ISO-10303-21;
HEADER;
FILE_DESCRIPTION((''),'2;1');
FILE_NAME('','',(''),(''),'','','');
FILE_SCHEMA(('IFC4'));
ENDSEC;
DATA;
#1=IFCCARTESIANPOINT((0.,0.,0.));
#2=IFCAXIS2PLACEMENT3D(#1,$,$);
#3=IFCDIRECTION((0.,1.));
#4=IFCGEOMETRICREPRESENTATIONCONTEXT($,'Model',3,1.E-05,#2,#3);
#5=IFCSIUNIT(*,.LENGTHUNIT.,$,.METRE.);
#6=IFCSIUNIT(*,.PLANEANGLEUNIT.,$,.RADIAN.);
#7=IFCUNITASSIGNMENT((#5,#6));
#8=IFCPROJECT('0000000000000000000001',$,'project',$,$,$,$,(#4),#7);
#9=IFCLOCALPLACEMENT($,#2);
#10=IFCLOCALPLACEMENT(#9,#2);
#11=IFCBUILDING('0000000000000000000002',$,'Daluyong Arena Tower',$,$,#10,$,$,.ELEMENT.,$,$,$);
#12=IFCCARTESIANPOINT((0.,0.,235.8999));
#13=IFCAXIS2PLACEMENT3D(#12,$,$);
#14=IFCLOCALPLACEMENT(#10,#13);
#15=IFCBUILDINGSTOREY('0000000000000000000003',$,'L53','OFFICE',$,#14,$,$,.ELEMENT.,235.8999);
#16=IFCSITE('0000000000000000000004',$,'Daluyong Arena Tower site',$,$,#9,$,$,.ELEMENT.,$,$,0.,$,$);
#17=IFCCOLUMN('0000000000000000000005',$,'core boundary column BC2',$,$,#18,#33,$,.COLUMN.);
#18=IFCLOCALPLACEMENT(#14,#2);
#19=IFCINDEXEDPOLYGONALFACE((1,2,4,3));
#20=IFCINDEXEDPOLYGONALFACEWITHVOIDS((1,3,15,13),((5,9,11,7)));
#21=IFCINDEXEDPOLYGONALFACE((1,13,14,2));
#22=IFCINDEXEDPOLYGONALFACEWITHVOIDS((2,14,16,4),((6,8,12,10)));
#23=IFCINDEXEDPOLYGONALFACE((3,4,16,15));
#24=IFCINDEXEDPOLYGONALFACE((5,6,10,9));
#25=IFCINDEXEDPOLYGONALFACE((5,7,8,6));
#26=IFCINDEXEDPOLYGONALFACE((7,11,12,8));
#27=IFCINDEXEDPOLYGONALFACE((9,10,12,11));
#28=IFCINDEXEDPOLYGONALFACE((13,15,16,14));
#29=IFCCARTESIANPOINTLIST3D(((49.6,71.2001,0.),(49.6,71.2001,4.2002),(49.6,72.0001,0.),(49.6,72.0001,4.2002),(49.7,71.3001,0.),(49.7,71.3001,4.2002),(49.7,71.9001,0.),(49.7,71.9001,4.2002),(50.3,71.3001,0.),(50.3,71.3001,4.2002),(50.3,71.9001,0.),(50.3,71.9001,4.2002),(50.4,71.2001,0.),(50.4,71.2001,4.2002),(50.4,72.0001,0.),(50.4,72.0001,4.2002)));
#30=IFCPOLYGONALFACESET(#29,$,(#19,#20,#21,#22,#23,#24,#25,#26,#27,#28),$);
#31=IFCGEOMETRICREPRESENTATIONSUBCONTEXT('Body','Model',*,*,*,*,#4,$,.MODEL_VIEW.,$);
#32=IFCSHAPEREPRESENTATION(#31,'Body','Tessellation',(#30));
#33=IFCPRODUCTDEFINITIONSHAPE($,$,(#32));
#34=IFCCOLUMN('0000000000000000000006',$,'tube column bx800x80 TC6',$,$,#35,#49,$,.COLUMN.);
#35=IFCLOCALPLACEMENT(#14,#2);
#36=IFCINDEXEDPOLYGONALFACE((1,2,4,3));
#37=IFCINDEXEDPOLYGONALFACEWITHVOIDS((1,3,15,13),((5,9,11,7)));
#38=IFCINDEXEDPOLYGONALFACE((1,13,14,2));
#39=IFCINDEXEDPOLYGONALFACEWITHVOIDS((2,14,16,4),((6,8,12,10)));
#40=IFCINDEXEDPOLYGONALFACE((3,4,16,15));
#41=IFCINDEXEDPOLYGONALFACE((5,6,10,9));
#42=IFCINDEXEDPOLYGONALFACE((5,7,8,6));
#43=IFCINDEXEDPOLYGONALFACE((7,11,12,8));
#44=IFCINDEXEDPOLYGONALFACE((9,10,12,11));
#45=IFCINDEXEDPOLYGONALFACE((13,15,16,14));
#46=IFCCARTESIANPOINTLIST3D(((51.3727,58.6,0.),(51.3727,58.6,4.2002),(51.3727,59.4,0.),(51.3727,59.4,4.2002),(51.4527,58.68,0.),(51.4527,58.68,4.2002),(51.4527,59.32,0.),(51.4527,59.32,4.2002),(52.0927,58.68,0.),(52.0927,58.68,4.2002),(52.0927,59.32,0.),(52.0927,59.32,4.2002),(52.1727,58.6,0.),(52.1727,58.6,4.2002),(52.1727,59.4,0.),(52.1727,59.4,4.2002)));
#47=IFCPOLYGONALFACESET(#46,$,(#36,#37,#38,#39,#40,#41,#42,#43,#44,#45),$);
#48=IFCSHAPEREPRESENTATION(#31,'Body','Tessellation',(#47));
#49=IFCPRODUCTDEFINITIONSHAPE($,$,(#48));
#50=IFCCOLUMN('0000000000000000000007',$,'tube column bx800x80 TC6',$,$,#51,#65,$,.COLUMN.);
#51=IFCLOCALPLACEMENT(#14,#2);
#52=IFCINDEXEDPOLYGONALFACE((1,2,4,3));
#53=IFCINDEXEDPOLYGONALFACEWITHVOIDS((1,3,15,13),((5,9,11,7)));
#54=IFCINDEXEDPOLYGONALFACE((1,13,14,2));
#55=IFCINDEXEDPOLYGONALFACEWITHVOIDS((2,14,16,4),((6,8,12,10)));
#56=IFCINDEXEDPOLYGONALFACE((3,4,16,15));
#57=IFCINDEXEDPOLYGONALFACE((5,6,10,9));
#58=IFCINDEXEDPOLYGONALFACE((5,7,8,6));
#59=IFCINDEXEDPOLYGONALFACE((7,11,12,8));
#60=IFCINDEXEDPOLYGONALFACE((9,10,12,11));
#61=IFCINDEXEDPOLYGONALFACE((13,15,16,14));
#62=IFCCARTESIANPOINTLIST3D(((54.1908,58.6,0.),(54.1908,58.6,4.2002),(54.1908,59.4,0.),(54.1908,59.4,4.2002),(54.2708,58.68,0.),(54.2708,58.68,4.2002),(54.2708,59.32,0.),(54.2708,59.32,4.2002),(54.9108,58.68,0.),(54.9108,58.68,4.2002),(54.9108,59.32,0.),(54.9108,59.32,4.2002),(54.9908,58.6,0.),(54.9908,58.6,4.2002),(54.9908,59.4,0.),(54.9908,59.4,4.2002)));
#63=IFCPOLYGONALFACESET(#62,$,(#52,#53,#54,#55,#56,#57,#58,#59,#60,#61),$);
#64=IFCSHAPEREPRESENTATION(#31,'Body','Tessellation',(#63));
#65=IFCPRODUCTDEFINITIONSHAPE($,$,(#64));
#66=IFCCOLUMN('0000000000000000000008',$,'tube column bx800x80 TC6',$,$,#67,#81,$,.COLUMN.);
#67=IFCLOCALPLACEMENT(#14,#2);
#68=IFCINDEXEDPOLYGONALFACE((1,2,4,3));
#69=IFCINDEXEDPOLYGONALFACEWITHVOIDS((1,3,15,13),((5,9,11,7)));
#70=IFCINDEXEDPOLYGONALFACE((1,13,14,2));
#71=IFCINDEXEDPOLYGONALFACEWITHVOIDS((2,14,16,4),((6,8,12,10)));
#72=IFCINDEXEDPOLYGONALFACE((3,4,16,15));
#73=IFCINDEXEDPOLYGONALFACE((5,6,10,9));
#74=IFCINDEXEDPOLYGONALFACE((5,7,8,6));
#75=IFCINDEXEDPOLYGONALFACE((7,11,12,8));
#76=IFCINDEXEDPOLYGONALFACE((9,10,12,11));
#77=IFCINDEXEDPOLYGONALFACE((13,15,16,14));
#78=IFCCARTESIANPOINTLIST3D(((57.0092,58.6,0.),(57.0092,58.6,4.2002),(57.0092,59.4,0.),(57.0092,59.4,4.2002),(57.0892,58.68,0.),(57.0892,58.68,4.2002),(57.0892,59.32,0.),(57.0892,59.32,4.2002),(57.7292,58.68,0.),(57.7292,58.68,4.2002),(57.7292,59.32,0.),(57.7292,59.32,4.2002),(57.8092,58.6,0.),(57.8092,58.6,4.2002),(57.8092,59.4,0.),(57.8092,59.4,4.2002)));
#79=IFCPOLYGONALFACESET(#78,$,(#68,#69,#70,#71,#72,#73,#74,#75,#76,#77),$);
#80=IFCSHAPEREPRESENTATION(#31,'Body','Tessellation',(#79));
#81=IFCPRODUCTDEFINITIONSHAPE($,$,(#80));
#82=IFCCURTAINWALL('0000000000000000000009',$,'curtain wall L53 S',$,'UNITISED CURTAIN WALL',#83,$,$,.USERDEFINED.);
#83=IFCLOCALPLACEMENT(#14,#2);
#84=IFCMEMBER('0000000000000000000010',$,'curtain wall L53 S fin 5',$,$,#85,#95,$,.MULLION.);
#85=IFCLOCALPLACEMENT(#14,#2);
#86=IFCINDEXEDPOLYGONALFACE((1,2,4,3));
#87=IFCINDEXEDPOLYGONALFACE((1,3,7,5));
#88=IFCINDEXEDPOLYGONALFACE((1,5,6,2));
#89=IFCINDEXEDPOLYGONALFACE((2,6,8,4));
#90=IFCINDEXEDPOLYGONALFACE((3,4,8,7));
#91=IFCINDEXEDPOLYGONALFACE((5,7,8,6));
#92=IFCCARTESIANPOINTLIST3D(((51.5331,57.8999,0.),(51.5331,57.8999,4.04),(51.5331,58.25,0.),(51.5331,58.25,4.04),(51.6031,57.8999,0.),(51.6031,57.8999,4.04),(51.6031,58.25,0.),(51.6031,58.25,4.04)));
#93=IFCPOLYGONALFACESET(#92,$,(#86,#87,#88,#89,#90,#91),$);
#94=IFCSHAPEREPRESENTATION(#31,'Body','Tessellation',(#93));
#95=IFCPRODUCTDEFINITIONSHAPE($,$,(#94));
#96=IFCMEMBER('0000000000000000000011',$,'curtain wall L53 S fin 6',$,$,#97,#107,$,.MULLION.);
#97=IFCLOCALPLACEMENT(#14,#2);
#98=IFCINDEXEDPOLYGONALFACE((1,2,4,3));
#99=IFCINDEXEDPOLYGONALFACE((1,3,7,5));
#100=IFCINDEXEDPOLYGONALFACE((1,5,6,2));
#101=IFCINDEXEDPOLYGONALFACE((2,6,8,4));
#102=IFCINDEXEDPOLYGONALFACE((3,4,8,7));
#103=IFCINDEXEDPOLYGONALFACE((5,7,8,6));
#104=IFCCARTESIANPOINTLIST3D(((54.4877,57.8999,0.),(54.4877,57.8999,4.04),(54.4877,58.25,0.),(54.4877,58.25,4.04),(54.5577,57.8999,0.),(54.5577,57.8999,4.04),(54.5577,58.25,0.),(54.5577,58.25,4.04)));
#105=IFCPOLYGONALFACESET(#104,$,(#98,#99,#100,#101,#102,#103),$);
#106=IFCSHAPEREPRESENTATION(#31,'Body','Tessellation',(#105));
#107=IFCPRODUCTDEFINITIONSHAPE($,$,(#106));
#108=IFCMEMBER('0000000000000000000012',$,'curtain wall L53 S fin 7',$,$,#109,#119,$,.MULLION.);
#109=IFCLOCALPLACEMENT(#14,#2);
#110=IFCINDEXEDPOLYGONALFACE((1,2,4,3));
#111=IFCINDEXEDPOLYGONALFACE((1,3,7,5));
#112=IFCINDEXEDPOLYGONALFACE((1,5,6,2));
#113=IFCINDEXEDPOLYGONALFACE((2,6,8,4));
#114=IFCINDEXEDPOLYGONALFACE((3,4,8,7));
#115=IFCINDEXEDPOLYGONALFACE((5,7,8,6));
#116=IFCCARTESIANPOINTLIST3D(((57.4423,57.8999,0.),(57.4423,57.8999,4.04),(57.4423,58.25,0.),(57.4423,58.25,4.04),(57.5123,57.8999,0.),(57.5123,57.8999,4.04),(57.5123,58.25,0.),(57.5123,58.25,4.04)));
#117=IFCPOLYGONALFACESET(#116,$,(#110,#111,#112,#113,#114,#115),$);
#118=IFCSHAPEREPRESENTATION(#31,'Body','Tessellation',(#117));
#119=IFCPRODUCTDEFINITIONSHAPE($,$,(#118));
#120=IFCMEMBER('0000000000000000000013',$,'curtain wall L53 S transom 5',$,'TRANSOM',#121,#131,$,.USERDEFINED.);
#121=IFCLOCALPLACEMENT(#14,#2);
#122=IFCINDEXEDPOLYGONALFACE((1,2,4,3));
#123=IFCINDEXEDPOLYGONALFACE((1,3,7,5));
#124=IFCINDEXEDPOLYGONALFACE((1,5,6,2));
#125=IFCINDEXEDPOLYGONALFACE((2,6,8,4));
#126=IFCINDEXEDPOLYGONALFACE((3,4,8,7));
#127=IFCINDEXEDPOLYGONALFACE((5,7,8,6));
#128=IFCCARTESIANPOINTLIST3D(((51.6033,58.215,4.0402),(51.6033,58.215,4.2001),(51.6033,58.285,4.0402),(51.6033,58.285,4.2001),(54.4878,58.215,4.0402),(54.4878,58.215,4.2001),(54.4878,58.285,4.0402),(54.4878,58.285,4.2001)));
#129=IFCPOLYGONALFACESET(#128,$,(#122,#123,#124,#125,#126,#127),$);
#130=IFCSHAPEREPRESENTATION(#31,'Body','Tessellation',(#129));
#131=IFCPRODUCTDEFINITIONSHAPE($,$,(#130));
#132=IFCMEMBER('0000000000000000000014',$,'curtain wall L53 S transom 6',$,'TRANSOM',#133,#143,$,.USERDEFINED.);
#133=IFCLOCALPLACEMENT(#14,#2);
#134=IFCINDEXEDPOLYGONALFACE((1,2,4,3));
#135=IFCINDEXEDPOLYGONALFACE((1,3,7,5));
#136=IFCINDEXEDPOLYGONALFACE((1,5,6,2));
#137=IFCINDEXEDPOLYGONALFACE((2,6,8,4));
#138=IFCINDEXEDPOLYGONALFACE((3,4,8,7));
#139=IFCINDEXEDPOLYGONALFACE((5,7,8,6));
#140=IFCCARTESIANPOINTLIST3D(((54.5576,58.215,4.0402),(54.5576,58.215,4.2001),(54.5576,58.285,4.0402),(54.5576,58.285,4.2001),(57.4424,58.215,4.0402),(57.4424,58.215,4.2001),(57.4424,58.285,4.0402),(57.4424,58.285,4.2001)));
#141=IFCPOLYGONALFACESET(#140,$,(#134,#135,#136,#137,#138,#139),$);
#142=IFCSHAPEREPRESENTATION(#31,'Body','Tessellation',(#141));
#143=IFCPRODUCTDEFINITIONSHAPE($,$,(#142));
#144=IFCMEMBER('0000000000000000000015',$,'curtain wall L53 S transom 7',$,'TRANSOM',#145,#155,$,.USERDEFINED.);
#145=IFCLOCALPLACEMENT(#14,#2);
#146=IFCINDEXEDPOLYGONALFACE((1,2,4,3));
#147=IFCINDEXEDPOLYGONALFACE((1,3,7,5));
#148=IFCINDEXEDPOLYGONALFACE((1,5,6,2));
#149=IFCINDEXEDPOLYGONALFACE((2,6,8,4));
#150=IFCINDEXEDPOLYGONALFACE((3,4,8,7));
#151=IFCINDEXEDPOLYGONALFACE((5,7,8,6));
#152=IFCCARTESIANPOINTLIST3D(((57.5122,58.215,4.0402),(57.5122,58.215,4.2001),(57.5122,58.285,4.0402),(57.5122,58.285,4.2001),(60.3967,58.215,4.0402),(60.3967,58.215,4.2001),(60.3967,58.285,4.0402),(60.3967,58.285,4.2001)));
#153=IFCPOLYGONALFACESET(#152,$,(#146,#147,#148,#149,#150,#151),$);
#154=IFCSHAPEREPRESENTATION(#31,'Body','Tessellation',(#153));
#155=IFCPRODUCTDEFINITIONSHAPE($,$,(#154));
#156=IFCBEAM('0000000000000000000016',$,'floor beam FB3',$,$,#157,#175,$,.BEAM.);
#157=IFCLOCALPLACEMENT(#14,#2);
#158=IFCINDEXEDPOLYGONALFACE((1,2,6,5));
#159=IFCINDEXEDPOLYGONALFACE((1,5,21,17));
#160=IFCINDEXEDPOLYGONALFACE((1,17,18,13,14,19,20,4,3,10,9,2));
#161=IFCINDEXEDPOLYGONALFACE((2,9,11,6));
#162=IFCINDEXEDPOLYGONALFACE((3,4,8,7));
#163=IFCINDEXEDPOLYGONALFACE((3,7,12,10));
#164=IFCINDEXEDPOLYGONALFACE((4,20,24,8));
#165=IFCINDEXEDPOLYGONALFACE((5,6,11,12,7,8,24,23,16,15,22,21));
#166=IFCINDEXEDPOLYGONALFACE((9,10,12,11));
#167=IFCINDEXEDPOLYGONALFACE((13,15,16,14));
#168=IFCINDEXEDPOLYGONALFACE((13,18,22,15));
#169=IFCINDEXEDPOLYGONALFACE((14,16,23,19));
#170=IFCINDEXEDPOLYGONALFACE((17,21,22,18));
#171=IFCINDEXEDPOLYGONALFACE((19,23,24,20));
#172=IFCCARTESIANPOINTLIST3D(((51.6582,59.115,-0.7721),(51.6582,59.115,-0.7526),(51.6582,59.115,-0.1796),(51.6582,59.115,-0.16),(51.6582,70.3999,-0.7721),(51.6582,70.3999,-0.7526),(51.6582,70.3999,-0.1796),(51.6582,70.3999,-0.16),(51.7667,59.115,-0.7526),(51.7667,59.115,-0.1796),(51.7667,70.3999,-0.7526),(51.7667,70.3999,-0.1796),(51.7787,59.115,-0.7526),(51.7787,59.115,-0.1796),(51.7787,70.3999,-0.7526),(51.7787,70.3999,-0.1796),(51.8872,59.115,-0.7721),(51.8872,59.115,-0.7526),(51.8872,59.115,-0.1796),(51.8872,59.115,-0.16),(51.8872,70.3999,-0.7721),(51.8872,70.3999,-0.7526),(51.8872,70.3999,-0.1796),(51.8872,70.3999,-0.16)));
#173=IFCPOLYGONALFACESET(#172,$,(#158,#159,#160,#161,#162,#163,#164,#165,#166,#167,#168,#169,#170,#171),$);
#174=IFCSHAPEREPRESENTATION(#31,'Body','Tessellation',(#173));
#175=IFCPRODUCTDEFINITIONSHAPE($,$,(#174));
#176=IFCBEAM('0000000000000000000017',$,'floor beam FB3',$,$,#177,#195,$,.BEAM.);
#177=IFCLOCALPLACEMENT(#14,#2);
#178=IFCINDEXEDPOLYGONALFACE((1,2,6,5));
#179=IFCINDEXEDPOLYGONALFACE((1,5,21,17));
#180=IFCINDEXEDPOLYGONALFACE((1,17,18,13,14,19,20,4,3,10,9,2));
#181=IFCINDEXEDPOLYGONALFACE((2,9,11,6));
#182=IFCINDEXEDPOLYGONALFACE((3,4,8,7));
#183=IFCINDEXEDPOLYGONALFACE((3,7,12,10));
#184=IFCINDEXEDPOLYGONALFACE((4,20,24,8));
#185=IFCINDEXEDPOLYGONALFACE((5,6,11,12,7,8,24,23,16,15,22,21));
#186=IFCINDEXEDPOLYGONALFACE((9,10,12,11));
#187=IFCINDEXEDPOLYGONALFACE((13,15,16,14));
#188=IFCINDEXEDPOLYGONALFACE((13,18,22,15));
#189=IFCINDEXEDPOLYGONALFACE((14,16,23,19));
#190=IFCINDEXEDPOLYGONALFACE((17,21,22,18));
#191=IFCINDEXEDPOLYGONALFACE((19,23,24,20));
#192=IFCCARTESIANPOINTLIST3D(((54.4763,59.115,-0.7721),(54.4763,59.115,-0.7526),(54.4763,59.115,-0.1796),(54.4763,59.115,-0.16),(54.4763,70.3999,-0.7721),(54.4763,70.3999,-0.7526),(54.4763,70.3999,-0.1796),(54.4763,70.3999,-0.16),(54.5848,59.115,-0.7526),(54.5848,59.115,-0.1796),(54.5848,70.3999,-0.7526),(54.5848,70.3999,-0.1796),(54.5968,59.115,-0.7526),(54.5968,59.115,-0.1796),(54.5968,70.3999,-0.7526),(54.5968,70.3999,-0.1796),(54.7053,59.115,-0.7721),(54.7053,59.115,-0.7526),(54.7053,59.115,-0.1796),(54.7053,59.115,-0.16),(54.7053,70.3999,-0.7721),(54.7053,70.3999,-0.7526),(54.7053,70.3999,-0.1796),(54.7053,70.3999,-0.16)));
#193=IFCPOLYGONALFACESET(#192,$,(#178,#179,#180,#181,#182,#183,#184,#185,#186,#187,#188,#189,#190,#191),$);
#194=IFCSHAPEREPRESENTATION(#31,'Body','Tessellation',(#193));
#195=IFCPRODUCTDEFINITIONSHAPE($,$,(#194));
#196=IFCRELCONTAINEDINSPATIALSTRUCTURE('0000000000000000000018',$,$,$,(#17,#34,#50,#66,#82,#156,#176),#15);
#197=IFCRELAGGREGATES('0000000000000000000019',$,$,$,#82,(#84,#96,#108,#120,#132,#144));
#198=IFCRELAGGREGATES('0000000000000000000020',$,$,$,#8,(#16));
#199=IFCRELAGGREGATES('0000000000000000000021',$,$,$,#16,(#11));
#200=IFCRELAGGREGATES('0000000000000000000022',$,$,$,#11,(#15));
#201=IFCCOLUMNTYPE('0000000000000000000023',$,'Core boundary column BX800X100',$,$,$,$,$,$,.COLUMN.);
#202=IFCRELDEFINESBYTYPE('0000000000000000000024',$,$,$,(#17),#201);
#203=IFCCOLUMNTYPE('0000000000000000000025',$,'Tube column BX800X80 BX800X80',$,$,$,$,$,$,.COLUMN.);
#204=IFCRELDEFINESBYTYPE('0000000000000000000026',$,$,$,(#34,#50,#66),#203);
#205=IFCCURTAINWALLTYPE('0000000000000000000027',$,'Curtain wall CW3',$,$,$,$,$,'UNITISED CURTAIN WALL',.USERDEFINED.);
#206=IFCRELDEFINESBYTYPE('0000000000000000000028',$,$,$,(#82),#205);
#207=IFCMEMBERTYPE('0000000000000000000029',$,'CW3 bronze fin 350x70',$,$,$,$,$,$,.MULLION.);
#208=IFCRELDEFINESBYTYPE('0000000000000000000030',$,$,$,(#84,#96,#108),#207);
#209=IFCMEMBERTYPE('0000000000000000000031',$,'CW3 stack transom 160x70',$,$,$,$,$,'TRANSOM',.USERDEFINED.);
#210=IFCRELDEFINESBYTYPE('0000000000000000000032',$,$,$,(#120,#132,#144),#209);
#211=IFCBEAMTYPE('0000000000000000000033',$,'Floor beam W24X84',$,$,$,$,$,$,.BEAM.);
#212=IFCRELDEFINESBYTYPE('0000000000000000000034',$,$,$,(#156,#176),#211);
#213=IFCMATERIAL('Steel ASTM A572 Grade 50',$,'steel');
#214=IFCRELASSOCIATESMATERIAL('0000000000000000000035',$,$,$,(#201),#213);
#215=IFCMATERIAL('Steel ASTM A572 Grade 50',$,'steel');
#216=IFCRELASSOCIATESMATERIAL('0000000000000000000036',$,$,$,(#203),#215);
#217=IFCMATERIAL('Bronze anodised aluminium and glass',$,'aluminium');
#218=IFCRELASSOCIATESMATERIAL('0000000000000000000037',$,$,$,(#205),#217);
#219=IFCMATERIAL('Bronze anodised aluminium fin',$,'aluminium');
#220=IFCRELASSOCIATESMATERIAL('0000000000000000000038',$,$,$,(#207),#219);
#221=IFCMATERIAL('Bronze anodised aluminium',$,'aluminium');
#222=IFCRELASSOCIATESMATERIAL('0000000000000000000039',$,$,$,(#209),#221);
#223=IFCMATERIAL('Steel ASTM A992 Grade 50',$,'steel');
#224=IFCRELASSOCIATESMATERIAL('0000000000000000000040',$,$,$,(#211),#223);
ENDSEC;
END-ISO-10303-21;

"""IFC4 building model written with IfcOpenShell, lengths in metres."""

from ifc_helpers import new_model, si_unit, direction, frame, origin, origin_2d, place, context, subcontext, project, spatial, rectangle, hollow_rectangle, i_section, extrude, material, material_profile, profile_set, type_object, element, aggregate, save


model = new_model("IFC4")

# Units and contexts
model_context = context("Model", 3, precision=1e-05, world=origin(), true_north=direction((0.0, 1.0)))
body_context = subcontext(model_context, "Body", "Model", "MODEL_VIEW")
ifc_project = project(units=[si_unit("LENGTHUNIT", "METRE"), si_unit("PLANEANGLEUNIT", "RADIAN")], contexts=[model_context])

# Site, building, storey
site_placement = place(None, origin())
site = spatial("IfcSite", under=ifc_project, at=site_placement, Name="Daluyong Arena Tower site", CompositionType="ELEMENT", RefElevation=0.0)
building_placement = place(site_placement, origin())
building = spatial("IfcBuilding", under=site, at=building_placement, Name="Daluyong Arena Tower", CompositionType="ELEMENT")
storey_placement = place(building_placement, frame((0.0, 0.0, 235.8999)))
storey = spatial("IfcBuildingStorey", under=building, at=storey_placement, Name="L53", Description="OFFICE", CompositionType="ELEMENT", Elevation=235.8999)

# Columns
ifc_material_1 = material(Name="Steel ASTM A572 Grade 50", Category="steel")
ifc_material_profile_1 = material_profile(ifc_material_1, hollow_rectangle(XDim=0.8, YDim=0.8, WallThickness=0.1, at=origin_2d()))
ifc_profile_set_1 = profile_set([ifc_material_profile_1], Name="Steel ASTM A572 Grade 50")
column_type_1 = type_object("IfcColumnType", Name="Core boundary column BX800X100", PredefinedType="COLUMN", material=ifc_profile_set_1)
column_placement = place(storey_placement, frame((50.0, 71.6001, 0.0), z_axis=(0.0, 0.0, 1.0), x_axis=(1.0, 0.0, 0.0)))
element("IfcColumn", 1, at=column_placement, inside=storey, type_object=column_type_1, Name="core boundary column BC2", PredefinedType="COLUMN", context=body_context, shape_type="SweptSolid", body=[
    extrude(hollow_rectangle(XDim=0.8, YDim=0.8, WallThickness=0.1, at=origin_2d()), origin(), (0.0, 0.0, 1.0), 4.2002),
])
ifc_material_2 = material(Name="Steel ASTM A572 Grade 50", Category="steel")
ifc_material_profile_2 = material_profile(ifc_material_2, hollow_rectangle(XDim=0.8, YDim=0.8, WallThickness=0.08, at=origin_2d()))
ifc_profile_set_2 = profile_set([ifc_material_profile_2], Name="Steel ASTM A572 Grade 50")
column_type_2 = type_object("IfcColumnType", Name="Tube column BX800X80 BX800X80", PredefinedType="COLUMN", material=ifc_profile_set_2)
for number, where, z_axis, x_axis, name in (
    (2, (51.7727, 59.0, 0.0), (0.0, 0.0, 1.0), (1.0, 0.0, 0.0), "tube column bx800x80 TC6"),
    (3, (54.5908, 59.0, 0.0), (0.0, 0.0, 1.0), (1.0, 0.0, 0.0), "tube column bx800x80 TC6"),
    (4, (57.4092, 59.0, 0.0), (0.0, 0.0, 1.0), (1.0, 0.0, 0.0), "tube column bx800x80 TC6"),
):
    element("IfcColumn", number, at=place(storey_placement, frame(where, z_axis=z_axis, x_axis=x_axis)), inside=storey, type_object=column_type_2, Name=name, PredefinedType="COLUMN", context=body_context, shape_type="SweptSolid", body=[
        extrude(hollow_rectangle(XDim=0.8, YDim=0.8, WallThickness=0.08, at=origin_2d()), origin(), (0.0, 0.0, 1.0), 4.2002),
    ])

# Curtain wall, members
ifc_material_3 = material(Name="Bronze anodised aluminium and glass", Category="aluminium")
curtain_wall_type = type_object("IfcCurtainWallType", Name="Curtain wall CW3", ElementType="UNITISED CURTAIN WALL", PredefinedType="USERDEFINED", material=ifc_material_3)
curtain_wall_placement = place(storey_placement, origin())
curtain_wall = element("IfcCurtainWall", 5, at=curtain_wall_placement, inside=storey, type_object=curtain_wall_type, Name="curtain wall L53 S", ObjectType="UNITISED CURTAIN WALL", PredefinedType="USERDEFINED")
ifc_material_4 = material(Name="Bronze anodised aluminium fin", Category="aluminium")
ifc_material_profile_3 = material_profile(ifc_material_4, rectangle(XDim=0.3501, YDim=0.0701, at=origin_2d()))
ifc_profile_set_3 = profile_set([ifc_material_profile_3], Name="Bronze anodised aluminium fin")
member_type_1 = type_object("IfcMemberType", Name="CW3 bronze fin 350x70", PredefinedType="MULLION", material=ifc_profile_set_3)
member_1_placement = place(storey_placement, frame((51.5681, 58.075, 0.0), z_axis=(0.0, 0.0, 1.0), x_axis=(0.0, 1.0, 0.0)))
member_1 = element("IfcMember", 6, at=member_1_placement, type_object=member_type_1, Name="curtain wall L53 S fin 5", PredefinedType="MULLION", context=body_context, shape_type="SweptSolid", body=[
    extrude(rectangle(XDim=0.3501, YDim=0.0701, at=origin_2d()), origin(), (0.0, 0.0, 1.0), 4.04),
])
member_2_placement = place(storey_placement, frame((54.5227, 58.075, 0.0), z_axis=(0.0, 0.0, 1.0), x_axis=(0.0, 1.0, 0.0)))
member_2 = element("IfcMember", 7, at=member_2_placement, type_object=member_type_1, Name="curtain wall L53 S fin 6", PredefinedType="MULLION", context=body_context, shape_type="SweptSolid", body=[
    extrude(rectangle(XDim=0.3501, YDim=0.0701, at=origin_2d()), origin(), (0.0, 0.0, 1.0), 4.04),
])
member_3_placement = place(storey_placement, frame((57.4773, 58.075, 0.0), z_axis=(0.0, 0.0, 1.0), x_axis=(0.0, 1.0, 0.0)))
member_3 = element("IfcMember", 8, at=member_3_placement, type_object=member_type_1, Name="curtain wall L53 S fin 7", PredefinedType="MULLION", context=body_context, shape_type="SweptSolid", body=[
    extrude(rectangle(XDim=0.3501, YDim=0.0701, at=origin_2d()), origin(), (0.0, 0.0, 1.0), 4.04),
])
ifc_material_5 = material(Name="Bronze anodised aluminium", Category="aluminium")
ifc_material_profile_4 = material_profile(ifc_material_5, rectangle(XDim=0.0701, YDim=0.1599, at=origin_2d()))
ifc_profile_set_4 = profile_set([ifc_material_profile_4], Name="Bronze anodised aluminium")
member_type_2 = type_object("IfcMemberType", Name="CW3 stack transom 160x70", ElementType="TRANSOM", PredefinedType="USERDEFINED", material=ifc_profile_set_4)
member_4_placement = place(storey_placement, frame((51.6033, 58.25, 4.1201), z_axis=(1.0, 0.0, 0.0), x_axis=(0.0, 1.0, 0.0)))
member_4 = element("IfcMember", 9, at=member_4_placement, type_object=member_type_2, Name="curtain wall L53 S transom 5", ObjectType="TRANSOM", PredefinedType="USERDEFINED", context=body_context, shape_type="SweptSolid", body=[
    extrude(rectangle(XDim=0.0701, YDim=0.1599, at=origin_2d()), origin(), (0.0, 0.0, 1.0), 2.8845),
])
member_5_placement = place(storey_placement, frame((54.5576, 58.25, 4.1201), z_axis=(1.0, 0.0, 0.0), x_axis=(0.0, 1.0, 0.0)))
member_5 = element("IfcMember", 10, at=member_5_placement, type_object=member_type_2, Name="curtain wall L53 S transom 6", ObjectType="TRANSOM", PredefinedType="USERDEFINED", context=body_context, shape_type="SweptSolid", body=[
    extrude(rectangle(XDim=0.0701, YDim=0.1599, at=origin_2d()), origin(), (0.0, 0.0, 1.0), 2.8848),
])
member_6_placement = place(storey_placement, frame((57.5122, 58.25, 4.1201), z_axis=(1.0, 0.0, 0.0), x_axis=(0.0, 1.0, 0.0)))
member_6 = element("IfcMember", 11, at=member_6_placement, type_object=member_type_2, Name="curtain wall L53 S transom 7", ObjectType="TRANSOM", PredefinedType="USERDEFINED", context=body_context, shape_type="SweptSolid", body=[
    extrude(rectangle(XDim=0.0701, YDim=0.1599, at=origin_2d()), origin(), (0.0, 0.0, 1.0), 2.8845),
])

# Beams
ifc_material_6 = material(Name="Steel ASTM A992 Grade 50", Category="steel")
ifc_material_profile_5 = material_profile(ifc_material_6, i_section(OverallWidth=0.229, OverallDepth=0.6121, WebThickness=0.012, FlangeThickness=0.0195, at=origin_2d()))
ifc_profile_set_5 = profile_set([ifc_material_profile_5], Name="Steel ASTM A992 Grade 50")
beam_type_1 = type_object("IfcBeamType", Name="Floor beam W24X84", PredefinedType="BEAM", material=ifc_profile_set_5)
for number, where, z_axis, x_axis, name in (
    (12, (51.7727, 59.115, -0.4661), (0.0, 1.0, 0.0), (-1.0, 0.0, 0.0), "floor beam FB3"),
    (13, (54.5908, 59.115, -0.4661), (0.0, 1.0, 0.0), (-1.0, 0.0, 0.0), "floor beam FB3"),
):
    element("IfcBeam", number, at=place(storey_placement, frame(where, z_axis=z_axis, x_axis=x_axis)), inside=storey, type_object=beam_type_1, Name=name, PredefinedType="BEAM", context=body_context, shape_type="SweptSolid", body=[
        extrude(i_section(OverallWidth=0.229, OverallDepth=0.6121, WebThickness=0.012, FlangeThickness=0.0195, at=origin_2d()), origin(), (0.0, 0.0, 1.0), 11.2849),
    ])

aggregate(curtain_wall, [member_1, member_2, member_3, member_4, member_5, member_6])

save(model, "model.ifc")
